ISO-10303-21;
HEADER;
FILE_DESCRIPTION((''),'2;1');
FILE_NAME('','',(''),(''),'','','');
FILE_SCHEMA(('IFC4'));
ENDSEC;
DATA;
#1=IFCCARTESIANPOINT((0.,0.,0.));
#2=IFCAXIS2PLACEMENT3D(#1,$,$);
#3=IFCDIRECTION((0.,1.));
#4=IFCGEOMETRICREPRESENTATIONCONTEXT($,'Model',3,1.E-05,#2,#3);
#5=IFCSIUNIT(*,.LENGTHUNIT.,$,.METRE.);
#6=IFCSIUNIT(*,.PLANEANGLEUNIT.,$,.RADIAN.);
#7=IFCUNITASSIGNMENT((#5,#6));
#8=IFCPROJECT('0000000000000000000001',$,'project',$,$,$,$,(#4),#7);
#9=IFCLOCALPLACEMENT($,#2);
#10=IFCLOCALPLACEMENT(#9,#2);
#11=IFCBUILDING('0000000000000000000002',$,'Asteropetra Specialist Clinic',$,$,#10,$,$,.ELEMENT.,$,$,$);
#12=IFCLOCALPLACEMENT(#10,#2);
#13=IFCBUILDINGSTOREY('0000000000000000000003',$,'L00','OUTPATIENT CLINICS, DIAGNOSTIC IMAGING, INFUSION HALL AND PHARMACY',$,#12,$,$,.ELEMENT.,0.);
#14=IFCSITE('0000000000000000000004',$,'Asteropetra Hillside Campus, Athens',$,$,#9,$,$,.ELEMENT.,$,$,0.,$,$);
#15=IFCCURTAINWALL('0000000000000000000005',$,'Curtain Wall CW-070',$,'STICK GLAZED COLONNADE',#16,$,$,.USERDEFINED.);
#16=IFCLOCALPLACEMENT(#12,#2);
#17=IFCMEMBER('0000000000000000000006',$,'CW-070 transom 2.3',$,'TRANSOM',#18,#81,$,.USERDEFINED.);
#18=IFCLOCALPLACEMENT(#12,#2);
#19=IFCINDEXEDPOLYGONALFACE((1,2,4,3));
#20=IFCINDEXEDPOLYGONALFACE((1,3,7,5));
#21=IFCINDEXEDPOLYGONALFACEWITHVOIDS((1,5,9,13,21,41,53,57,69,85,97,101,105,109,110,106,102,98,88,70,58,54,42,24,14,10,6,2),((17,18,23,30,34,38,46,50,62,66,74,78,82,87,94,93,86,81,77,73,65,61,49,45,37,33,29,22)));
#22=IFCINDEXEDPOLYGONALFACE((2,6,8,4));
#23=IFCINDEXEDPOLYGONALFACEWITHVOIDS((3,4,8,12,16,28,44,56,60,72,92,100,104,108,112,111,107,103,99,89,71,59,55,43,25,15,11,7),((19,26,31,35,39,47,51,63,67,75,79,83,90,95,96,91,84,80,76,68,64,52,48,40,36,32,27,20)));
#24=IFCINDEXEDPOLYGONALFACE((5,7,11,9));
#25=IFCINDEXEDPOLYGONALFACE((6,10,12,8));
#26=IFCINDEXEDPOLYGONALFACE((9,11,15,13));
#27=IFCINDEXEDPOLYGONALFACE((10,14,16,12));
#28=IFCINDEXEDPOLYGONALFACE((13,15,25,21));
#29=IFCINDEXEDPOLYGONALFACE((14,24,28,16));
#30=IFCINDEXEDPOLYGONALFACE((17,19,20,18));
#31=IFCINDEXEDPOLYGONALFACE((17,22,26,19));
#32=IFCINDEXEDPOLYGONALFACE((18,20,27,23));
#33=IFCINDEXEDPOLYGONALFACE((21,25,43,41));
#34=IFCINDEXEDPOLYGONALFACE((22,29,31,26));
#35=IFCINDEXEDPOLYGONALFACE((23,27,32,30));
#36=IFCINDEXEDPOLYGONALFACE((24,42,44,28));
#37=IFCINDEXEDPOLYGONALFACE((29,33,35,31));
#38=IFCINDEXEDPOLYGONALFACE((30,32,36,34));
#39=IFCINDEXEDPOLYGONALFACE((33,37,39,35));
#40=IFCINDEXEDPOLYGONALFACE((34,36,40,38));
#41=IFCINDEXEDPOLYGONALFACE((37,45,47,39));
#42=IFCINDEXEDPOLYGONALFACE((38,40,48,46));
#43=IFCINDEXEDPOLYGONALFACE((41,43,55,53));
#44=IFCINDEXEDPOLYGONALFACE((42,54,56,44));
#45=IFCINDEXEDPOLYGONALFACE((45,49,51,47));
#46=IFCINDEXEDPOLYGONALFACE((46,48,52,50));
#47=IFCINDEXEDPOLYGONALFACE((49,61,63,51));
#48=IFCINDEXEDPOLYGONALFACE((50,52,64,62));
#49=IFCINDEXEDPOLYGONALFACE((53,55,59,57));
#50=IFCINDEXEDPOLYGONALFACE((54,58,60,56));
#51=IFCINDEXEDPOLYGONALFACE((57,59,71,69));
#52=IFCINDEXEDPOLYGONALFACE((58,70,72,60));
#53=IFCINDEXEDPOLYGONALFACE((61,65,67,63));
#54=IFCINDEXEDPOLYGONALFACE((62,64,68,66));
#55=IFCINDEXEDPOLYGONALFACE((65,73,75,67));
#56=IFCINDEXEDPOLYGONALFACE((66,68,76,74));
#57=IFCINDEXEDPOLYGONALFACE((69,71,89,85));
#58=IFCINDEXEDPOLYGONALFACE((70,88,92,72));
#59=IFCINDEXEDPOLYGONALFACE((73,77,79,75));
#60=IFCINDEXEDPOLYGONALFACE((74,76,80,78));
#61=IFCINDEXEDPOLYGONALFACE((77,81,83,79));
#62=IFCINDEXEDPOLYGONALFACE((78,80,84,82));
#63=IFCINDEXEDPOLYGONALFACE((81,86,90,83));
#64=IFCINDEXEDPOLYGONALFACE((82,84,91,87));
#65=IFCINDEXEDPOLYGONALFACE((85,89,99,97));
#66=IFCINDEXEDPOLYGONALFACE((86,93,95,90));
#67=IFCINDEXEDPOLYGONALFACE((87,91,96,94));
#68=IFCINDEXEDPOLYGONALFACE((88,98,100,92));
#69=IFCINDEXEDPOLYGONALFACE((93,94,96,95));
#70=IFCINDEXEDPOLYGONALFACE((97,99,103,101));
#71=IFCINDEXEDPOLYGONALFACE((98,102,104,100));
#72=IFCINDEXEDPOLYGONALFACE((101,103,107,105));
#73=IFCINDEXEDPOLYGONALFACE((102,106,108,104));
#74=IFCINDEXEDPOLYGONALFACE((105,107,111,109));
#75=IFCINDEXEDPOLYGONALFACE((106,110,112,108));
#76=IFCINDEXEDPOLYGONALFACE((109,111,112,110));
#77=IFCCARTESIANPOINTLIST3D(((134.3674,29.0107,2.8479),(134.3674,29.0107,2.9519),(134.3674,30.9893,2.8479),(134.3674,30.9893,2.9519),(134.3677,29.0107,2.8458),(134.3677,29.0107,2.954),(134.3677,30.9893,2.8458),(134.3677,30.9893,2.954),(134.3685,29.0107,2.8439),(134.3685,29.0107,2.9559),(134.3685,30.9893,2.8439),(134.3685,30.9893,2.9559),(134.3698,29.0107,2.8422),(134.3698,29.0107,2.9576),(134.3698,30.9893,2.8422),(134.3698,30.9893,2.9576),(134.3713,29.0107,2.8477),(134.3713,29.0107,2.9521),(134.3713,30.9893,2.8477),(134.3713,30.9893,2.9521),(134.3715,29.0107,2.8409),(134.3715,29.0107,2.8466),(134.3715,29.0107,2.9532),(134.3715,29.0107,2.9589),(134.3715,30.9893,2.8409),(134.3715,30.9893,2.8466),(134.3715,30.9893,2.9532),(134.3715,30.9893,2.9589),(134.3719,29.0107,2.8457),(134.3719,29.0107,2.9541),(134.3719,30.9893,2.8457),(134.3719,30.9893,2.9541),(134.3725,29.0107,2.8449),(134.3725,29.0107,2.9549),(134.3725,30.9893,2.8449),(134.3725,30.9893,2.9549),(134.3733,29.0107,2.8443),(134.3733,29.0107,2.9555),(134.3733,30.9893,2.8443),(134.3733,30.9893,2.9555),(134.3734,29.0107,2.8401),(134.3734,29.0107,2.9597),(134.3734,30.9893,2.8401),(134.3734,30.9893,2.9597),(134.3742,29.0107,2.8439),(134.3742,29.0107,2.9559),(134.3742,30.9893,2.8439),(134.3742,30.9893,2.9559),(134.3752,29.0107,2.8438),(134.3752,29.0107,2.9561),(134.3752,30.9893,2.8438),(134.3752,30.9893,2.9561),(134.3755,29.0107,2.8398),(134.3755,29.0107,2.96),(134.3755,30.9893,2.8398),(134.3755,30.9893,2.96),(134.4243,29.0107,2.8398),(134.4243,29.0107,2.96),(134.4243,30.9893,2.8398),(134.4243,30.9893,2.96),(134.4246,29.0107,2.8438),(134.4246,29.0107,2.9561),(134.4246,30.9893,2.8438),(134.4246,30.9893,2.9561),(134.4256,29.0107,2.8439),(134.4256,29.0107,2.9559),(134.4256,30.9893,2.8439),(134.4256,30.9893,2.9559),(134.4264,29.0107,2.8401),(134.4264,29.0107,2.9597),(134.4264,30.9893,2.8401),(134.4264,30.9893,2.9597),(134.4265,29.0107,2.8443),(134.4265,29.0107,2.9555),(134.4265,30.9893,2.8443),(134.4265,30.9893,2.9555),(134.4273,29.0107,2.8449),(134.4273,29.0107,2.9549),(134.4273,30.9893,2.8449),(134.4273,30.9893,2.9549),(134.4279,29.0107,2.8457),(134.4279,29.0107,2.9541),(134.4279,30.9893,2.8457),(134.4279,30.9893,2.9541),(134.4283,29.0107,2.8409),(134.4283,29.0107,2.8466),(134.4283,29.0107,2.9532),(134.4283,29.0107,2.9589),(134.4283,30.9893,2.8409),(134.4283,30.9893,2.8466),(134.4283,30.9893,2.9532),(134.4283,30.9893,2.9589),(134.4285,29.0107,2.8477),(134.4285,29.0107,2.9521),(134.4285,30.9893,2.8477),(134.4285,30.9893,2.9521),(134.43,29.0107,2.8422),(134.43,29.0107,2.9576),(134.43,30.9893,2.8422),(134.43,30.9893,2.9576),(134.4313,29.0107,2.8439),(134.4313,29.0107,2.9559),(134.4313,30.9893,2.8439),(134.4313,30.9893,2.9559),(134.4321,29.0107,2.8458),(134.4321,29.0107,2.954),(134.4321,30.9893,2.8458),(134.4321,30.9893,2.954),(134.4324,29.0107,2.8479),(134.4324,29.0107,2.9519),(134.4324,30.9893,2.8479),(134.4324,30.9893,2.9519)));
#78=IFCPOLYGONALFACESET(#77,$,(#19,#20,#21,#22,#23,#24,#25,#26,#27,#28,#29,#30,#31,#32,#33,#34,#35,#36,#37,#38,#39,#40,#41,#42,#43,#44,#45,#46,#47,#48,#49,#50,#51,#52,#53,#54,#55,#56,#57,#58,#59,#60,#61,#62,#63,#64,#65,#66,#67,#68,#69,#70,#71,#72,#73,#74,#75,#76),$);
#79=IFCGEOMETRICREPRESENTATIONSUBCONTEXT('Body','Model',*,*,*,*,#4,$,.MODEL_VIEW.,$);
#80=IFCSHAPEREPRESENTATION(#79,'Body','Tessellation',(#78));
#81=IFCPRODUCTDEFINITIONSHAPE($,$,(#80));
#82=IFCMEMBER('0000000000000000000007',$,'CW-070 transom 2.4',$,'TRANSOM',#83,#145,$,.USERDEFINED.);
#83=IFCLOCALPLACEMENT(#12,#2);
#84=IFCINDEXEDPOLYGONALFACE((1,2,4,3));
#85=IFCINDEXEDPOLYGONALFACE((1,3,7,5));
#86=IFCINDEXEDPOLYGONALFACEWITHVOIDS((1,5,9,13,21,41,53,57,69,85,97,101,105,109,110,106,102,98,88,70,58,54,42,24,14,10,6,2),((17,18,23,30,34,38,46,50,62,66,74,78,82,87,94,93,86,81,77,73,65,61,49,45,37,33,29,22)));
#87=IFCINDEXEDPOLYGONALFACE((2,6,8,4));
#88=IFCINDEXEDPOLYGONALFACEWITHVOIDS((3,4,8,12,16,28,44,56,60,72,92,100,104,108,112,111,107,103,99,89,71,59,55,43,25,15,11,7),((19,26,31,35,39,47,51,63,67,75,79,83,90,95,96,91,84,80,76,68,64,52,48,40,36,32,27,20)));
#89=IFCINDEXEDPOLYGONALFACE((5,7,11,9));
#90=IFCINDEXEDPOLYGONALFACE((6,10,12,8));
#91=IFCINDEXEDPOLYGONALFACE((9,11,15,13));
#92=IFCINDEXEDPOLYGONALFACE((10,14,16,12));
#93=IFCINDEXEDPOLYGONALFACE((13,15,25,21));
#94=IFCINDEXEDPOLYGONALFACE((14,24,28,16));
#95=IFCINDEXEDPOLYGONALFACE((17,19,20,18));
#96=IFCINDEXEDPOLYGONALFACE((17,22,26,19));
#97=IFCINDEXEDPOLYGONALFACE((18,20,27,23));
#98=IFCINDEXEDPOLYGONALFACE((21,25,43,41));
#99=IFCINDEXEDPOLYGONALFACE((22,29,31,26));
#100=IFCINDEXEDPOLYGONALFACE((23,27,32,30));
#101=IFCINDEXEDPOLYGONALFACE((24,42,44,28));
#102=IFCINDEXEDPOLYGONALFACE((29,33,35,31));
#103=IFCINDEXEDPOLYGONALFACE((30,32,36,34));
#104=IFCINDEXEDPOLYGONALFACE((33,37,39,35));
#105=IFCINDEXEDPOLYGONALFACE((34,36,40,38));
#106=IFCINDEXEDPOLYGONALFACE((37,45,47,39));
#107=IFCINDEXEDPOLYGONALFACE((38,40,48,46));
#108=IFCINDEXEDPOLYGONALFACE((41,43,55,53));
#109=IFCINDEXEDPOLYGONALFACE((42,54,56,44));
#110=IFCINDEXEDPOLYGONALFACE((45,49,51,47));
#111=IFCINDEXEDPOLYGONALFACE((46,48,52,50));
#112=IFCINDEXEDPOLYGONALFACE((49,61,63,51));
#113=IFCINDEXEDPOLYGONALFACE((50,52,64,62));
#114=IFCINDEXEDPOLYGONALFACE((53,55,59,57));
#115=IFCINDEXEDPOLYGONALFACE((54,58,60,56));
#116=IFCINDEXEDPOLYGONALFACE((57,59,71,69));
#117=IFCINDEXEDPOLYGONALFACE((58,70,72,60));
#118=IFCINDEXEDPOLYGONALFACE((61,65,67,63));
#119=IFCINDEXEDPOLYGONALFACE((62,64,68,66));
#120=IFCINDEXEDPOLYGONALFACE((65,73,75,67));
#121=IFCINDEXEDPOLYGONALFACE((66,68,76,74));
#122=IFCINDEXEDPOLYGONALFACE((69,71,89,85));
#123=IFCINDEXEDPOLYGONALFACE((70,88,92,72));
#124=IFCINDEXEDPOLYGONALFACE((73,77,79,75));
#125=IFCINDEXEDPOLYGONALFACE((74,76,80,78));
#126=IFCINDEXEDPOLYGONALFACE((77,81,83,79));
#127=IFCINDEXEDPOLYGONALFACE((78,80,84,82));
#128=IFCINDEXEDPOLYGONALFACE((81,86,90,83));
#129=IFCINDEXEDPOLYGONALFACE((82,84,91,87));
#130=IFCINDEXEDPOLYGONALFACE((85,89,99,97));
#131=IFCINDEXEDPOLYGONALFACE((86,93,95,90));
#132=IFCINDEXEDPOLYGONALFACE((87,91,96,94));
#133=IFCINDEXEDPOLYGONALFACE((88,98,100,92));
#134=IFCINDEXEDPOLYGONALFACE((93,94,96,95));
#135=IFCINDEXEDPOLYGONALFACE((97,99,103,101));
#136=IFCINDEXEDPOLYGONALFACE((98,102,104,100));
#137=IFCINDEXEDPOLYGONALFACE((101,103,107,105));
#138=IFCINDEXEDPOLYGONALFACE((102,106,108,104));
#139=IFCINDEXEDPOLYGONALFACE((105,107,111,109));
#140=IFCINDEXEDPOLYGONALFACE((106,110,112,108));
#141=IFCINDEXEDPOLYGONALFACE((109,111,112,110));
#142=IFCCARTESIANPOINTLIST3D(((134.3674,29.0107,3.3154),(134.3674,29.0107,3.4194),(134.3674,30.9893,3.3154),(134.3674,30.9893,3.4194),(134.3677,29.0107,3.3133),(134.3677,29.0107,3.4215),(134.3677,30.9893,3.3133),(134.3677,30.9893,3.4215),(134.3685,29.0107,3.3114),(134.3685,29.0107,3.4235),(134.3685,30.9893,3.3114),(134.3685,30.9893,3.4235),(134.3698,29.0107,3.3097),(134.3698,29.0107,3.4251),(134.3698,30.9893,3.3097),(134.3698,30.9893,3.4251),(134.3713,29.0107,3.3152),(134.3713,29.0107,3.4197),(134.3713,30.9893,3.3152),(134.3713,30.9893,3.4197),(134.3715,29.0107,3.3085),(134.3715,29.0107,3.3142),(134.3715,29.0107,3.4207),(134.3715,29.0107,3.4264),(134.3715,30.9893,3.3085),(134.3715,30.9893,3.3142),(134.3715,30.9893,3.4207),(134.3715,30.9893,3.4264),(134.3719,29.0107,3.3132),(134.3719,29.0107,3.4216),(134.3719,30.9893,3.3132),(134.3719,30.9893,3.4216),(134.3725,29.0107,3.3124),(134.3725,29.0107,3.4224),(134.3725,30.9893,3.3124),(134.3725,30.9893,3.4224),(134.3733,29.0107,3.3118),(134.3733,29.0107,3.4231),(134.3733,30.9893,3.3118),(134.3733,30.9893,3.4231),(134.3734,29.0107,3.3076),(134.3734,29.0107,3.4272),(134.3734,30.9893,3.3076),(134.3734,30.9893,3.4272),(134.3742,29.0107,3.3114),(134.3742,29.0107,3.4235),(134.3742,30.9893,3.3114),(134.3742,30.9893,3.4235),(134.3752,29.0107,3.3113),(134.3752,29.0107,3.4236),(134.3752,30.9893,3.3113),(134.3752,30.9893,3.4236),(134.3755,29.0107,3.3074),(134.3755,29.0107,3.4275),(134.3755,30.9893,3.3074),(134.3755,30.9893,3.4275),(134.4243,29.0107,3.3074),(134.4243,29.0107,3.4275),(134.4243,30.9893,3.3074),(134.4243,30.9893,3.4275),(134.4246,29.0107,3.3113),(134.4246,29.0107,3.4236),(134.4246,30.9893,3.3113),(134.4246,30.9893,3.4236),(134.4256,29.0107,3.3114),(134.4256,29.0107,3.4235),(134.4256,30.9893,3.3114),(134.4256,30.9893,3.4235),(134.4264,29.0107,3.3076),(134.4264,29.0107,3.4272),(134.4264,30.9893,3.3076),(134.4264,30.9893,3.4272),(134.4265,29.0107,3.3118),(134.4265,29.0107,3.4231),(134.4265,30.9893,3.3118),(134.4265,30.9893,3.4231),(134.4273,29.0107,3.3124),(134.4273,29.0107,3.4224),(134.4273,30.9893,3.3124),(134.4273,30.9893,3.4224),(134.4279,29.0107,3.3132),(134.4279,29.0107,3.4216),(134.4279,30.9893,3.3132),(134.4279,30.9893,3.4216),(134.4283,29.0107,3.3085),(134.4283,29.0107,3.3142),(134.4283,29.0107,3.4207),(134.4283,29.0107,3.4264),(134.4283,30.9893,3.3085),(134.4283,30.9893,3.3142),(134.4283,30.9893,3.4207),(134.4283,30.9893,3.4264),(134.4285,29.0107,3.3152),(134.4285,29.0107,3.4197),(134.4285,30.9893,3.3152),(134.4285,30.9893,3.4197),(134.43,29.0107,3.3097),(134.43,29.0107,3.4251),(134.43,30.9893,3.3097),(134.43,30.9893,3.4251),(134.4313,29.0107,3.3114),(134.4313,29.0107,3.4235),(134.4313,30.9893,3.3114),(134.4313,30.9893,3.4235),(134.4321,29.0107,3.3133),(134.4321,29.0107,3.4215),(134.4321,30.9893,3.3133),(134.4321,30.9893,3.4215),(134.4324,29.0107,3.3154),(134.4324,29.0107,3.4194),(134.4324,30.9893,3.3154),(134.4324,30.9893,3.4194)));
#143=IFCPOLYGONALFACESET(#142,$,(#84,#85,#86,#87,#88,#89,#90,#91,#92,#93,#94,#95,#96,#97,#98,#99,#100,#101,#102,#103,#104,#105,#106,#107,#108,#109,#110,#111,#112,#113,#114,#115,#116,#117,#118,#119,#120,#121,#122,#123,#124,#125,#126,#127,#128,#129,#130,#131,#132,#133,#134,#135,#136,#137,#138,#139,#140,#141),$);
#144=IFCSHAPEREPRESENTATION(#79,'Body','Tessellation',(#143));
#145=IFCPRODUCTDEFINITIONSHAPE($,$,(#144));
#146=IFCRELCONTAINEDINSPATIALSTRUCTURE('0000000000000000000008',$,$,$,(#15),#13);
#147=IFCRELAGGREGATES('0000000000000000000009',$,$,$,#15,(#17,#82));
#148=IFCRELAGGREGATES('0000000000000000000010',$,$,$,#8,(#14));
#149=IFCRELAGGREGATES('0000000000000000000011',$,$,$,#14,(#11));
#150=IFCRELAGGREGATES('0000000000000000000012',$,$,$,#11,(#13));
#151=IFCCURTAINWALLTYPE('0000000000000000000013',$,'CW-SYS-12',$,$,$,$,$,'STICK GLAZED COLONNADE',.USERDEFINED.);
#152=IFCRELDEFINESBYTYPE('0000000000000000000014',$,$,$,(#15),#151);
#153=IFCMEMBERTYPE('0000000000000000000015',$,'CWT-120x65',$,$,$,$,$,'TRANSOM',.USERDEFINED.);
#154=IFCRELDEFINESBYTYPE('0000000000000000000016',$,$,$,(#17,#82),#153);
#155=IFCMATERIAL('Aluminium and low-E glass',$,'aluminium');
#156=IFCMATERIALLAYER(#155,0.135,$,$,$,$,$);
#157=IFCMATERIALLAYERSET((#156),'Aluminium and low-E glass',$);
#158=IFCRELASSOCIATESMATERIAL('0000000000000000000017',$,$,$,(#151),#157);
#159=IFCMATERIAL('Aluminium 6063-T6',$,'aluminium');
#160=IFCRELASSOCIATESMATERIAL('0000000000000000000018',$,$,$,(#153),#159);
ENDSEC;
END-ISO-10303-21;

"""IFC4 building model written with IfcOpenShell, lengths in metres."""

from ifc_helpers import new_model, si_unit, direction, frame, origin, origin_2d, place, context, subcontext, project, spatial, hollow_rectangle, extrude, material, layer, layer_set, material_profile, profile_set, type_object, element, aggregate, save


model = new_model("IFC4")

# Units and contexts
model_context = context("Model", 3, precision=1e-05, world=origin(), true_north=direction((0.0, 1.0)))
body_context = subcontext(model_context, "Body", "Model", "MODEL_VIEW")
ifc_project = project(units=[si_unit("LENGTHUNIT", "METRE"), si_unit("PLANEANGLEUNIT", "RADIAN")], contexts=[model_context])

# Site, building, storey
site_placement = place(None, origin())
site = spatial("IfcSite", under=ifc_project, at=site_placement, Name="Asteropetra Hillside Campus, Athens", CompositionType="ELEMENT", RefElevation=0.0)
building_placement = place(site_placement, origin())
building = spatial("IfcBuilding", under=site, at=building_placement, Name="Asteropetra Specialist Clinic", CompositionType="ELEMENT")
storey_placement = place(building_placement, origin())
storey = spatial("IfcBuildingStorey", under=building, at=storey_placement, Name="L00", Description="OUTPATIENT CLINICS, DIAGNOSTIC IMAGING, INFUSION HALL AND PHARMACY", CompositionType="ELEMENT", Elevation=0.0)

# Curtain wall, members
ifc_material_1 = material(Name="Aluminium and low-E glass", Category="aluminium")
ifc_layer_1 = layer(ifc_material_1, 0.135)
ifc_layer_set_1 = layer_set([ifc_layer_1], Name="Aluminium and low-E glass")
curtain_wall_type = type_object("IfcCurtainWallType", Name="CW-SYS-12", ElementType="STICK GLAZED COLONNADE", PredefinedType="USERDEFINED", material=ifc_layer_set_1)
curtain_wall_placement = place(storey_placement, origin())
curtain_wall = element("IfcCurtainWall", 1, at=curtain_wall_placement, inside=storey, type_object=curtain_wall_type, Name="Curtain Wall CW-070", ObjectType="STICK GLAZED COLONNADE", PredefinedType="USERDEFINED")
ifc_material_2 = material(Name="Aluminium 6063-T6", Category="aluminium")
ifc_material_profile_1 = material_profile(ifc_material_2, hollow_rectangle(XDim=0.0649, YDim=0.1201, WallThickness=0.0039, InnerFilletRadius=0.0039, OuterFilletRadius=0.0081, at=origin_2d()), Name="TRN 120x65x4.0")
ifc_profile_set_1 = profile_set([ifc_material_profile_1], Name="Aluminium 6063-T6")
member_type_1 = type_object("IfcMemberType", Name="CWT-120x65", ElementType="TRANSOM", PredefinedType="USERDEFINED", material=ifc_profile_set_1)
member_1_placement = place(storey_placement, frame((134.3999, 29.0107, 2.8999), z_axis=(0.0, 1.0, 0.0), x_axis=(-1.0, 0.0, 0.0)))
member_1 = element("IfcMember", 2, at=member_1_placement, type_object=member_type_1, Name="CW-070 transom 2.3", ObjectType="TRANSOM", PredefinedType="USERDEFINED", context=body_context, shape_type="SweptSolid", body=[
    extrude(hollow_rectangle(XDim=0.0649, YDim=0.1201, WallThickness=0.0039, InnerFilletRadius=0.0039, OuterFilletRadius=0.0081, at=origin_2d()), origin(), (0.0, 0.0, 1.0), 1.9785),
])
member_2_placement = place(storey_placement, frame((134.3999, 29.0107, 3.3674), z_axis=(0.0, 1.0, 0.0), x_axis=(-1.0, 0.0, 0.0)))
member_2 = element("IfcMember", 3, at=member_2_placement, type_object=member_type_1, Name="CW-070 transom 2.4", ObjectType="TRANSOM", PredefinedType="USERDEFINED", context=body_context, shape_type="SweptSolid", body=[
    extrude(hollow_rectangle(XDim=0.0649, YDim=0.1201, WallThickness=0.0039, InnerFilletRadius=0.0039, OuterFilletRadius=0.0081, at=origin_2d()), origin(), (0.0, 0.0, 1.0), 1.9785),
])
aggregate(curtain_wall, [member_1, member_2])

save(model, "model.ifc")
